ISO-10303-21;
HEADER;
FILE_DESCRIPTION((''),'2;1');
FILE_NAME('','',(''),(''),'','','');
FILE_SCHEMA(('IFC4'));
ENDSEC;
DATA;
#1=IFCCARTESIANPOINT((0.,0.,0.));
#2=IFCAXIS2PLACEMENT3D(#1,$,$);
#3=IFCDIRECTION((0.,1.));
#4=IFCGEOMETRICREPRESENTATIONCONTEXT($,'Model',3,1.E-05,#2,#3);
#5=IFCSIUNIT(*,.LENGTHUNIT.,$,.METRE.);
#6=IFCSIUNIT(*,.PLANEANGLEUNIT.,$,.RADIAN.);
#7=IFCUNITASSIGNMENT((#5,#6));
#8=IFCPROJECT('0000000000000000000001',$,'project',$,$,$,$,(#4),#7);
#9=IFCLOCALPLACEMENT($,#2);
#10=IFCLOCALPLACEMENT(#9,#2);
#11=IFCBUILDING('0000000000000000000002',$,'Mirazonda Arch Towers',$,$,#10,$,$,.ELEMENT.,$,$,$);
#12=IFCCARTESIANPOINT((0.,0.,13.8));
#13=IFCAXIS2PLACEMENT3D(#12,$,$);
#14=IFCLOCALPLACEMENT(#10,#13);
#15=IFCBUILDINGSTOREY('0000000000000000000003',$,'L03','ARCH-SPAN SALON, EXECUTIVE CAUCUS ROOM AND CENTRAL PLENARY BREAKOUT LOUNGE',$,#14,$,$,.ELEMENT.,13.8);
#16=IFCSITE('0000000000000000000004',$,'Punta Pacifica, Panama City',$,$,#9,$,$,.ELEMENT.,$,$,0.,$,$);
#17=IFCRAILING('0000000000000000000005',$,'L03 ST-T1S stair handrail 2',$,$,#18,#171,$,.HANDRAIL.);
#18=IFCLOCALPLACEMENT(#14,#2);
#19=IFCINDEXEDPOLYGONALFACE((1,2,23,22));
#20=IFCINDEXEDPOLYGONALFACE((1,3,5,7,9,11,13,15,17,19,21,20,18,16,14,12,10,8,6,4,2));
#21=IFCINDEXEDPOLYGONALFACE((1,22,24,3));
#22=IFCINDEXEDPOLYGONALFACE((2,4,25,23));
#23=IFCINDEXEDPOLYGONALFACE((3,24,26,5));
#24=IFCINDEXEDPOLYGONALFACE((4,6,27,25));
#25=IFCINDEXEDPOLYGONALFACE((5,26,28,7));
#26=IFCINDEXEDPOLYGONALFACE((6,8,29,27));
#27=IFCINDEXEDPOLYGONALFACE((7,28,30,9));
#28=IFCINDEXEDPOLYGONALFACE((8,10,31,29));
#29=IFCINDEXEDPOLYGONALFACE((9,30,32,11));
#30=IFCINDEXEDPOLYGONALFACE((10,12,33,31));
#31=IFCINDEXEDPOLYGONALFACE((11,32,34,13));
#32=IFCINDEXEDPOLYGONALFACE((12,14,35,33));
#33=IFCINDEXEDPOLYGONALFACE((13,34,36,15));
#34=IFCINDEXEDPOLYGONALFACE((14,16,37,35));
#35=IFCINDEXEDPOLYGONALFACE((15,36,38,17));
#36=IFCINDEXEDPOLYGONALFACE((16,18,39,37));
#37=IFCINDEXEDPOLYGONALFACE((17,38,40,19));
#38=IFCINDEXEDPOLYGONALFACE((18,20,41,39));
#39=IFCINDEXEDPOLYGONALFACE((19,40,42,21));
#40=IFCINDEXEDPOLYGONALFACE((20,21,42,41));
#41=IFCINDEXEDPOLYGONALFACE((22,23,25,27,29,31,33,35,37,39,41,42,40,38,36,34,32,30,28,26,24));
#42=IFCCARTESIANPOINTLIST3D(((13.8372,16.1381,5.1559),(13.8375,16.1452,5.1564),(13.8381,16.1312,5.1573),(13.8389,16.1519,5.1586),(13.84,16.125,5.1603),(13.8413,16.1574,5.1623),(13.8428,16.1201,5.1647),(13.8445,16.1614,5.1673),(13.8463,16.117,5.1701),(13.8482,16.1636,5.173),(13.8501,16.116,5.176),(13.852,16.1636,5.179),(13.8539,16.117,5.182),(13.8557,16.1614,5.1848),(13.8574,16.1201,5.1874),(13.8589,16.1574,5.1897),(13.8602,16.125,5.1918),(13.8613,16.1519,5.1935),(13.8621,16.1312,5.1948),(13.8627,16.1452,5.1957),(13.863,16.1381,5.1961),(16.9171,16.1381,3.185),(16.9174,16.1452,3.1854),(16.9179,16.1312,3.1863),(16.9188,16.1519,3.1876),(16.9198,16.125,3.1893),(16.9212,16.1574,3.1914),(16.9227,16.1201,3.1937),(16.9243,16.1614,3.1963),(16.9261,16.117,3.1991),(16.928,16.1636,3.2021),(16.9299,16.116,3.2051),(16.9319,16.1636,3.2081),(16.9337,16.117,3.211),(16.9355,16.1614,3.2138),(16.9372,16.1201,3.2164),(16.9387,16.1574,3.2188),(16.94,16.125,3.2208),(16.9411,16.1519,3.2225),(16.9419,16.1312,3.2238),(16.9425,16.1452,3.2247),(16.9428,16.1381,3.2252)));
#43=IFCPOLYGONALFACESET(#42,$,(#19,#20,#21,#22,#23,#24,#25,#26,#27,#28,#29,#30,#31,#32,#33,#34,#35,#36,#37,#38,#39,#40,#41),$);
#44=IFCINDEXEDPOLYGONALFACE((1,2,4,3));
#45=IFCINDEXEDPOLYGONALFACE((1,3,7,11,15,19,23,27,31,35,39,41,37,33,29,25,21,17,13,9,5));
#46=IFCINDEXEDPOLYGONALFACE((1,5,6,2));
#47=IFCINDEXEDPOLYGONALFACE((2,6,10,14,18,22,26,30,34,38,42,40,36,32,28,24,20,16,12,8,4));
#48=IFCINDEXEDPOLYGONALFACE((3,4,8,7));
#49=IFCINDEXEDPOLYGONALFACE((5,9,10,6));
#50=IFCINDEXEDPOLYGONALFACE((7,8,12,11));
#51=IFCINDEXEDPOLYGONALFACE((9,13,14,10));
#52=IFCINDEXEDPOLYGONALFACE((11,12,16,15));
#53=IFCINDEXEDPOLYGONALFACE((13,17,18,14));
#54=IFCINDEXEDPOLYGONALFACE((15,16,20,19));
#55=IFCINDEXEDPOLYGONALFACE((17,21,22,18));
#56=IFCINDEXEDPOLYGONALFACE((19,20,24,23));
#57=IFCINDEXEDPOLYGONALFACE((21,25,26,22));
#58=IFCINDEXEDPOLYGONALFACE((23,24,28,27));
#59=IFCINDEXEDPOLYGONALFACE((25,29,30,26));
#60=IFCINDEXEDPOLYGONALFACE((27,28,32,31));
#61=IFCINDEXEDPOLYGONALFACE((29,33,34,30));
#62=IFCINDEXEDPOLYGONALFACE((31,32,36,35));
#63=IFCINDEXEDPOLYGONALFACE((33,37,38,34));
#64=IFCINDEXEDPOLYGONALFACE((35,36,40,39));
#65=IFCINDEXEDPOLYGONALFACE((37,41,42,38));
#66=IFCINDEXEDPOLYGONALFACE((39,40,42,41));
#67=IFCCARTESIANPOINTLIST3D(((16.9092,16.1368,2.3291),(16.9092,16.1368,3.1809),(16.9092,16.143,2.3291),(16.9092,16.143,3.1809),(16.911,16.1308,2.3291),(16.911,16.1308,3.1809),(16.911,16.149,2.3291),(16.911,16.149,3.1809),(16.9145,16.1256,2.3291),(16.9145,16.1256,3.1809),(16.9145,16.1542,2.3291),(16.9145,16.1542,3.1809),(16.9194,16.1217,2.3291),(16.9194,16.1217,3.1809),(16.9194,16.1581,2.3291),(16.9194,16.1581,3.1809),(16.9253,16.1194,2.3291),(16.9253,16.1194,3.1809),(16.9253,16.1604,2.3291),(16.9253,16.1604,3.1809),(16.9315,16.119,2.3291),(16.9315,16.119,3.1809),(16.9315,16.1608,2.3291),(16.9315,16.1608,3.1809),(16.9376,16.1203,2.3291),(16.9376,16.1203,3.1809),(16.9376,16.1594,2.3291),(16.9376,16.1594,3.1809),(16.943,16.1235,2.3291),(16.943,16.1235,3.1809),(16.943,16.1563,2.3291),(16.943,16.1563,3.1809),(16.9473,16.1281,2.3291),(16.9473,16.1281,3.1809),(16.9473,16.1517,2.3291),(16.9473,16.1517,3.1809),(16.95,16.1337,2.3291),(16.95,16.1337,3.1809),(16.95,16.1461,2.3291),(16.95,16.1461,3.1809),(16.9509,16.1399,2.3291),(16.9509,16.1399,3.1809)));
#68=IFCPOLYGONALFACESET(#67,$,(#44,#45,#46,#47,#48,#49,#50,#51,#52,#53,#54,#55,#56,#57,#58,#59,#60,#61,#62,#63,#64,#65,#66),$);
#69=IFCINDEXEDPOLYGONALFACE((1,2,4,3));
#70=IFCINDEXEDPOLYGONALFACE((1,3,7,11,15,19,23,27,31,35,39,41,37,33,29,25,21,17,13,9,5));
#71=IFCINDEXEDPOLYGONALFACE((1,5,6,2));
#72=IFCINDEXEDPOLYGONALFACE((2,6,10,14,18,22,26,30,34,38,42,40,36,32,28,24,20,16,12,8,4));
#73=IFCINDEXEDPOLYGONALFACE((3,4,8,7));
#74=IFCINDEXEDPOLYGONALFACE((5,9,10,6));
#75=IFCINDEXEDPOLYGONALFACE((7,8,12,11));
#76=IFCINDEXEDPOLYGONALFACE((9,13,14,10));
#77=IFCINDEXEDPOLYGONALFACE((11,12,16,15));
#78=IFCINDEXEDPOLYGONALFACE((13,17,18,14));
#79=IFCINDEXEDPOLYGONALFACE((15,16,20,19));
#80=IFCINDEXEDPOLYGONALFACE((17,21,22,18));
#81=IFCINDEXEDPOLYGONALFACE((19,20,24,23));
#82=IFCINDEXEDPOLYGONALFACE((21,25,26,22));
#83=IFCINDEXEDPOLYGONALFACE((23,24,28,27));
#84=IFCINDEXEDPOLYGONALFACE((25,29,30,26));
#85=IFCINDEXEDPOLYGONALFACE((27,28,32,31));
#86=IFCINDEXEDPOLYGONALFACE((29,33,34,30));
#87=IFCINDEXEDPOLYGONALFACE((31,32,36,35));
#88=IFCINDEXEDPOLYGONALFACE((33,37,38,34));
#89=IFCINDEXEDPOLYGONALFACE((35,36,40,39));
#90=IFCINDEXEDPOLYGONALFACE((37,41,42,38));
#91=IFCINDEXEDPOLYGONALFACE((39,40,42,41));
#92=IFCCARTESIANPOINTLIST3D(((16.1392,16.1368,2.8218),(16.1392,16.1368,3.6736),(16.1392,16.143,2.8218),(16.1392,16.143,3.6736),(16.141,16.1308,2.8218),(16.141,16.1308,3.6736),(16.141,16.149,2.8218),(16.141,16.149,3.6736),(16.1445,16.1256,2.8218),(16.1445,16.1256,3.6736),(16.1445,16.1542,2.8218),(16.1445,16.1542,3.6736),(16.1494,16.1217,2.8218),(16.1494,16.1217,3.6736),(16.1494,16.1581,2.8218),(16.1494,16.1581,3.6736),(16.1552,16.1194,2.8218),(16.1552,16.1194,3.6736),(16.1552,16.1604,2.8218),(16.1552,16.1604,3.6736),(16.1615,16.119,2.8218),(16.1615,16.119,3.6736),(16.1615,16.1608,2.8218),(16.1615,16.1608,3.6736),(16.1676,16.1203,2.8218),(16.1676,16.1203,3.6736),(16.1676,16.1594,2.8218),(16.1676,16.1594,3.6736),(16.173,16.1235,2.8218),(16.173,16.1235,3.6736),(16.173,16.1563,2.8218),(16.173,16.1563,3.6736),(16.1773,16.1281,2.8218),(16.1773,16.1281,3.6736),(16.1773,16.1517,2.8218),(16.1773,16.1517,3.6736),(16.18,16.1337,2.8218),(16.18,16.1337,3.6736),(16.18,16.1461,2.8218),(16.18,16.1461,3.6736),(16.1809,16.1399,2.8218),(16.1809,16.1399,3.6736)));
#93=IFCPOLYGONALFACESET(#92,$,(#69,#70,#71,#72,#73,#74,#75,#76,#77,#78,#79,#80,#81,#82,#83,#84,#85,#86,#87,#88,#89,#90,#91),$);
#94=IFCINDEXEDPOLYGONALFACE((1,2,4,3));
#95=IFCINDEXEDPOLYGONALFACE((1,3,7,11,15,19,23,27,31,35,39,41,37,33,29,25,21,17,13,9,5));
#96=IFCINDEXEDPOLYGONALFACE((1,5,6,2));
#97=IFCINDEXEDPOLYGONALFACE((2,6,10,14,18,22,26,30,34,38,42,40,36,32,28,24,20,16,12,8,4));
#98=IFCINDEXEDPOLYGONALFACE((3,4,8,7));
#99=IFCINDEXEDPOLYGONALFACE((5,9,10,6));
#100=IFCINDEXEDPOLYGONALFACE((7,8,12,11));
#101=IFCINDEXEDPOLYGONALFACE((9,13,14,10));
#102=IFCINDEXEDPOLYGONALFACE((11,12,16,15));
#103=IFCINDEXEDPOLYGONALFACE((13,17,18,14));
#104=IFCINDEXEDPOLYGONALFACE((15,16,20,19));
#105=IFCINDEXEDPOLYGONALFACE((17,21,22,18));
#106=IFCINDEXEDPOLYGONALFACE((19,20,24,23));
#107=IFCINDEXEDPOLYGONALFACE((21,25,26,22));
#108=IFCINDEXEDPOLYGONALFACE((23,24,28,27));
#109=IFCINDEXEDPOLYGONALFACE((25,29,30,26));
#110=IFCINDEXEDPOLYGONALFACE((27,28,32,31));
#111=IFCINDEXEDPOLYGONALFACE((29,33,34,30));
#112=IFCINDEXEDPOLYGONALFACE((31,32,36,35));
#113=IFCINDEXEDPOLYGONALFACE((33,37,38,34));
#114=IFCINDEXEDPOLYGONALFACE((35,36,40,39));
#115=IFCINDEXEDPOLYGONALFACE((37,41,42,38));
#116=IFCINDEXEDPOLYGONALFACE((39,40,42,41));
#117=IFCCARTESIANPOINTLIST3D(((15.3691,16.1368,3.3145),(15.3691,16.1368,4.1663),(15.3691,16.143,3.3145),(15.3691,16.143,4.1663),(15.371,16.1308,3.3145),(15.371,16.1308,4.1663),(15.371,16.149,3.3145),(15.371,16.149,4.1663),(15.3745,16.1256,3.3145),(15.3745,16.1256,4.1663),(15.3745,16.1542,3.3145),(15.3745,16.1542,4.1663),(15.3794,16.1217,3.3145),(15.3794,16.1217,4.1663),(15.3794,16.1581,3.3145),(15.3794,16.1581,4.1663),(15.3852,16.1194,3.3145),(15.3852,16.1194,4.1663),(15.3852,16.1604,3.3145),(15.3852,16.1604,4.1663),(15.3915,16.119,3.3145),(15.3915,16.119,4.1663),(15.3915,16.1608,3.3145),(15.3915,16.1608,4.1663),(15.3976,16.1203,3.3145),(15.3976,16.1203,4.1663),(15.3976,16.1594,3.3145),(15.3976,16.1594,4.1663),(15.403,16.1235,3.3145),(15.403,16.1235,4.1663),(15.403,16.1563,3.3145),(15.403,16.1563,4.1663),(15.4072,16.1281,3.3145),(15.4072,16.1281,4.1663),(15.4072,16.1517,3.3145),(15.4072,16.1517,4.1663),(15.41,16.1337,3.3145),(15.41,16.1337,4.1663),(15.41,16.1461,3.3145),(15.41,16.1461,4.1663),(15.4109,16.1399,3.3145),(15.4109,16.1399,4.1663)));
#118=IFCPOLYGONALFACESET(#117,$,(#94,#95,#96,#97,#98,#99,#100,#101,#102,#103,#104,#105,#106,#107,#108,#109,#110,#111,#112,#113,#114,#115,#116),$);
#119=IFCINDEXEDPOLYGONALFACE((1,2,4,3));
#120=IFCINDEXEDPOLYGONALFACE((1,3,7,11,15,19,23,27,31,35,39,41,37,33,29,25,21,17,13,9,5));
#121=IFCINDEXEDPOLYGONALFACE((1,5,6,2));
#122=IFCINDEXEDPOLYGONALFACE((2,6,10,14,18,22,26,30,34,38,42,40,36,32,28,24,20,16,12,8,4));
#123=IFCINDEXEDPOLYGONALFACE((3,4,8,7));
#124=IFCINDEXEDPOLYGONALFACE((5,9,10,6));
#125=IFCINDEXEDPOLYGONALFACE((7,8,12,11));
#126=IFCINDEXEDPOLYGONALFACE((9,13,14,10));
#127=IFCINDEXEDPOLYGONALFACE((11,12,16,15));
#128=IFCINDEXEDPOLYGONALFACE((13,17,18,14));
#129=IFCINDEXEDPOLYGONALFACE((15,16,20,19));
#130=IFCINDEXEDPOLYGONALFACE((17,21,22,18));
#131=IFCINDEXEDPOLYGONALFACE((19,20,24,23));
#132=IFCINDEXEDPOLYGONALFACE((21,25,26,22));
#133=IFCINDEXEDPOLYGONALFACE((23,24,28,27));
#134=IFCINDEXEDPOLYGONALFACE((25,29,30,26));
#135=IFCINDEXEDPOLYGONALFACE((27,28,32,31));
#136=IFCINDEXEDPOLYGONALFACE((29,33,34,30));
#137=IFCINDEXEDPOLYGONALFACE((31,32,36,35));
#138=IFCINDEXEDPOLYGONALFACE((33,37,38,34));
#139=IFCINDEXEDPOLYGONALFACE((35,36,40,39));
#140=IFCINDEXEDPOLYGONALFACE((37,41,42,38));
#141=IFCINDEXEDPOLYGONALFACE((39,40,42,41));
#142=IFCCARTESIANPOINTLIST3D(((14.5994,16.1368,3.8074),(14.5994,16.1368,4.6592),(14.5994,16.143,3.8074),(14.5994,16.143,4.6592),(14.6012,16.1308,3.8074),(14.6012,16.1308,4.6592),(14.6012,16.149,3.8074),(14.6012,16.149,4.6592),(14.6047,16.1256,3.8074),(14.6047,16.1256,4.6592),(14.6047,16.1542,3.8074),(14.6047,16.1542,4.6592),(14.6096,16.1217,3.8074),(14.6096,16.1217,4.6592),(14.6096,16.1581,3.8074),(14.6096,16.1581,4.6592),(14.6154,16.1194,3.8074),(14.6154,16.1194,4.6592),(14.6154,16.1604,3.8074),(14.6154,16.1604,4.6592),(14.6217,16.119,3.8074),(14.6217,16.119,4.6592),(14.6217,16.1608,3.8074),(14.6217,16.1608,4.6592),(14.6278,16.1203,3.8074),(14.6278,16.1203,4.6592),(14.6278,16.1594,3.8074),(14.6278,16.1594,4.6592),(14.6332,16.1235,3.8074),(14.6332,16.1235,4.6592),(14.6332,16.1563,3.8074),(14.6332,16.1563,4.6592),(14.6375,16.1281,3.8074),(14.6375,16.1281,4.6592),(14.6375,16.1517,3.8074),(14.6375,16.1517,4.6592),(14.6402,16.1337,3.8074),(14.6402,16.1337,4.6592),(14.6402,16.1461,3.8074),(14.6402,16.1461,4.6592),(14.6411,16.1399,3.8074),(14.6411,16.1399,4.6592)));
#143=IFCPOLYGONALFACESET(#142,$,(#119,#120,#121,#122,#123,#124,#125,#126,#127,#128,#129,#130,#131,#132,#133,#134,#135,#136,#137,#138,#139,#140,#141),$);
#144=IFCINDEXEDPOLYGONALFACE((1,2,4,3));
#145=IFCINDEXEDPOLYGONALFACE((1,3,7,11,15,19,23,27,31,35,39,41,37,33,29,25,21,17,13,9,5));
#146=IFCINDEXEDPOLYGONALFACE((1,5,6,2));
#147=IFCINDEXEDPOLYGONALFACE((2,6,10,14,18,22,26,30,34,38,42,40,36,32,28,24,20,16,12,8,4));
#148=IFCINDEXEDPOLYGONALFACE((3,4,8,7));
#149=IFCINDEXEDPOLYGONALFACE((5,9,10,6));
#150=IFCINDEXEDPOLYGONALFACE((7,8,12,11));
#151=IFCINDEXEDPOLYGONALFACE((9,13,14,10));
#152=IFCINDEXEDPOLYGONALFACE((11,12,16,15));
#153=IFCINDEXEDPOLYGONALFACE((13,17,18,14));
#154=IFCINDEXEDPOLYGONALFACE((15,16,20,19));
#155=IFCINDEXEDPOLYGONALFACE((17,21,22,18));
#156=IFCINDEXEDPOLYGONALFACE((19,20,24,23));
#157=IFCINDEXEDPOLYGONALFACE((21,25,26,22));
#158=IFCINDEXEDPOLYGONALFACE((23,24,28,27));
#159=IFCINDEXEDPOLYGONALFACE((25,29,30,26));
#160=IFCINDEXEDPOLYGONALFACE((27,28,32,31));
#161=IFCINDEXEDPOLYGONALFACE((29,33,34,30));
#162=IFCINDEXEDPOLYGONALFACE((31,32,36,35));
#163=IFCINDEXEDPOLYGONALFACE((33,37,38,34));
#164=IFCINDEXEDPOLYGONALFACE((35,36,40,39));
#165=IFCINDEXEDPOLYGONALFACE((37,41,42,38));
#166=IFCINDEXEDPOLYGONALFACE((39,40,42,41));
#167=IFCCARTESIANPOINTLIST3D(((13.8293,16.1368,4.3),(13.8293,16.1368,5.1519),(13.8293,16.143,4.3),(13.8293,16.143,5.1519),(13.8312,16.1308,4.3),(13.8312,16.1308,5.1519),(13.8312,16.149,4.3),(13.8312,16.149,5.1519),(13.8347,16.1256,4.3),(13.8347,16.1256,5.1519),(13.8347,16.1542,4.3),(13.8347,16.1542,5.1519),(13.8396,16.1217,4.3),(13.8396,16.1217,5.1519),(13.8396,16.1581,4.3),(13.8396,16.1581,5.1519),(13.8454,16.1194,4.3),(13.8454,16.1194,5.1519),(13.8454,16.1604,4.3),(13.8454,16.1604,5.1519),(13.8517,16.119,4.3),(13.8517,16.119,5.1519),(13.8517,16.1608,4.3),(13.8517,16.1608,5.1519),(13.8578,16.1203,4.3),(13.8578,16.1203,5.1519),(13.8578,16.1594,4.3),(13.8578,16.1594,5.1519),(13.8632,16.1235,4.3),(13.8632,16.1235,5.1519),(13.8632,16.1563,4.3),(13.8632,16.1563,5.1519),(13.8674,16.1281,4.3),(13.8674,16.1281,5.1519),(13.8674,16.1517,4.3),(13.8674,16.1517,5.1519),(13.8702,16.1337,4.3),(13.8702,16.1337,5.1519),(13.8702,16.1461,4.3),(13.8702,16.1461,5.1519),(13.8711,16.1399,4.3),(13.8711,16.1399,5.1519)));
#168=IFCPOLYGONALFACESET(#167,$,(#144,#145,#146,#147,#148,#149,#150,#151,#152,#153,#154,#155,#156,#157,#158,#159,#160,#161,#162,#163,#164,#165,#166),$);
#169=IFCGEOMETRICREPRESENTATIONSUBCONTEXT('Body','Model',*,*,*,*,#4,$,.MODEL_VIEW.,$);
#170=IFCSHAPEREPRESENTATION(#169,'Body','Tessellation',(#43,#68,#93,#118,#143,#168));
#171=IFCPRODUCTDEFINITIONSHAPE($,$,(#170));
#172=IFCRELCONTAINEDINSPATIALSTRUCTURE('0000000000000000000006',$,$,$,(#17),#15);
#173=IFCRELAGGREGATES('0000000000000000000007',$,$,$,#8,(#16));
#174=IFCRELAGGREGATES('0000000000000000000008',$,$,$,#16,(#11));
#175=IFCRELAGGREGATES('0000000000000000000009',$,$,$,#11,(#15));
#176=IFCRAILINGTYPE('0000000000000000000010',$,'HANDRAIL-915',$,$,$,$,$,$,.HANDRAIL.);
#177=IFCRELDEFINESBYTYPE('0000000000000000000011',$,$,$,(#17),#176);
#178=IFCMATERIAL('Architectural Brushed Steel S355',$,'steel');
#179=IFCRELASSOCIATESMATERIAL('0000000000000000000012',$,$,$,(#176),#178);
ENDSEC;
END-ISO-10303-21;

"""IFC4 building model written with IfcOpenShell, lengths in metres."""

from ifc_helpers import new_model, si_unit, direction, frame, origin, origin_2d, place, context, subcontext, project, spatial, circle, extrude, material, type_object, element, save


model = new_model("IFC4")

# Units and contexts
model_context = context("Model", 3, precision=1e-05, world=origin(), true_north=direction((0.0, 1.0)))
body_context = subcontext(model_context, "Body", "Model", "MODEL_VIEW")
ifc_project = project(units=[si_unit("LENGTHUNIT", "METRE"), si_unit("PLANEANGLEUNIT", "RADIAN")], contexts=[model_context])

# Site, building, storey
site_placement = place(None, origin())
site = spatial("IfcSite", under=ifc_project, at=site_placement, Name="Punta Pacifica, Panama City", CompositionType="ELEMENT", RefElevation=0.0)
building_placement = place(site_placement, origin())
building = spatial("IfcBuilding", under=site, at=building_placement, Name="Mirazonda Arch Towers", CompositionType="ELEMENT")
storey_placement = place(building_placement, frame((0.0, 0.0, 13.8)))
storey = spatial("IfcBuildingStorey", under=building, at=storey_placement, Name="L03", Description="ARCH-SPAN SALON, EXECUTIVE CAUCUS ROOM AND CENTRAL PLENARY BREAKOUT LOUNGE", CompositionType="ELEMENT", Elevation=13.8)

# Shared definitions
ifc_material_1 = material(Name="Architectural Brushed Steel S355", Category="steel")

# Railing
railing_type_1 = type_object("IfcRailingType", Name="HANDRAIL-915", PredefinedType="HANDRAIL", material=ifc_material_1)
railing_1_placement = place(storey_placement, frame((16.9299, 16.1399, 2.3291)))
element("IfcRailing", 1, at=railing_1_placement, inside=storey, type_object=railing_type_1, Name="L03 ST-T1S stair handrail 2", PredefinedType="HANDRAIL", context=body_context, shape_type="SweptSolid", body=[
    extrude(circle(Radius=0.0239, at=origin_2d()), frame((0.0, 0.0, 0.876), z_axis=(-0.84229, 0.0, 0.539025), x_axis=(0.0, -1.0, 0.0)), (0.0, 0.0, 1.0), 3.6565),
    extrude(circle(Radius=0.021, at=origin_2d()), origin(), (0.0, 0.0, 1.0), 0.8518),
    extrude(circle(Radius=0.021, at=origin_2d()), frame((-0.77, 0.0, 0.4927)), (0.0, 0.0, 1.0), 0.8518),
    extrude(circle(Radius=0.021, at=origin_2d()), frame((-1.54, 0.0, 0.9854)), (0.0, 0.0, 1.0), 0.8518),
    extrude(circle(Radius=0.021, at=origin_2d()), frame((-2.3098, 0.0, 1.4783)), (0.0, 0.0, 1.0), 0.8518),
    extrude(circle(Radius=0.021, at=origin_2d()), frame((-3.0798, 0.0, 1.9709)), (0.0, 0.0, 1.0), 0.8518),
])

save(model, "model.ifc")
